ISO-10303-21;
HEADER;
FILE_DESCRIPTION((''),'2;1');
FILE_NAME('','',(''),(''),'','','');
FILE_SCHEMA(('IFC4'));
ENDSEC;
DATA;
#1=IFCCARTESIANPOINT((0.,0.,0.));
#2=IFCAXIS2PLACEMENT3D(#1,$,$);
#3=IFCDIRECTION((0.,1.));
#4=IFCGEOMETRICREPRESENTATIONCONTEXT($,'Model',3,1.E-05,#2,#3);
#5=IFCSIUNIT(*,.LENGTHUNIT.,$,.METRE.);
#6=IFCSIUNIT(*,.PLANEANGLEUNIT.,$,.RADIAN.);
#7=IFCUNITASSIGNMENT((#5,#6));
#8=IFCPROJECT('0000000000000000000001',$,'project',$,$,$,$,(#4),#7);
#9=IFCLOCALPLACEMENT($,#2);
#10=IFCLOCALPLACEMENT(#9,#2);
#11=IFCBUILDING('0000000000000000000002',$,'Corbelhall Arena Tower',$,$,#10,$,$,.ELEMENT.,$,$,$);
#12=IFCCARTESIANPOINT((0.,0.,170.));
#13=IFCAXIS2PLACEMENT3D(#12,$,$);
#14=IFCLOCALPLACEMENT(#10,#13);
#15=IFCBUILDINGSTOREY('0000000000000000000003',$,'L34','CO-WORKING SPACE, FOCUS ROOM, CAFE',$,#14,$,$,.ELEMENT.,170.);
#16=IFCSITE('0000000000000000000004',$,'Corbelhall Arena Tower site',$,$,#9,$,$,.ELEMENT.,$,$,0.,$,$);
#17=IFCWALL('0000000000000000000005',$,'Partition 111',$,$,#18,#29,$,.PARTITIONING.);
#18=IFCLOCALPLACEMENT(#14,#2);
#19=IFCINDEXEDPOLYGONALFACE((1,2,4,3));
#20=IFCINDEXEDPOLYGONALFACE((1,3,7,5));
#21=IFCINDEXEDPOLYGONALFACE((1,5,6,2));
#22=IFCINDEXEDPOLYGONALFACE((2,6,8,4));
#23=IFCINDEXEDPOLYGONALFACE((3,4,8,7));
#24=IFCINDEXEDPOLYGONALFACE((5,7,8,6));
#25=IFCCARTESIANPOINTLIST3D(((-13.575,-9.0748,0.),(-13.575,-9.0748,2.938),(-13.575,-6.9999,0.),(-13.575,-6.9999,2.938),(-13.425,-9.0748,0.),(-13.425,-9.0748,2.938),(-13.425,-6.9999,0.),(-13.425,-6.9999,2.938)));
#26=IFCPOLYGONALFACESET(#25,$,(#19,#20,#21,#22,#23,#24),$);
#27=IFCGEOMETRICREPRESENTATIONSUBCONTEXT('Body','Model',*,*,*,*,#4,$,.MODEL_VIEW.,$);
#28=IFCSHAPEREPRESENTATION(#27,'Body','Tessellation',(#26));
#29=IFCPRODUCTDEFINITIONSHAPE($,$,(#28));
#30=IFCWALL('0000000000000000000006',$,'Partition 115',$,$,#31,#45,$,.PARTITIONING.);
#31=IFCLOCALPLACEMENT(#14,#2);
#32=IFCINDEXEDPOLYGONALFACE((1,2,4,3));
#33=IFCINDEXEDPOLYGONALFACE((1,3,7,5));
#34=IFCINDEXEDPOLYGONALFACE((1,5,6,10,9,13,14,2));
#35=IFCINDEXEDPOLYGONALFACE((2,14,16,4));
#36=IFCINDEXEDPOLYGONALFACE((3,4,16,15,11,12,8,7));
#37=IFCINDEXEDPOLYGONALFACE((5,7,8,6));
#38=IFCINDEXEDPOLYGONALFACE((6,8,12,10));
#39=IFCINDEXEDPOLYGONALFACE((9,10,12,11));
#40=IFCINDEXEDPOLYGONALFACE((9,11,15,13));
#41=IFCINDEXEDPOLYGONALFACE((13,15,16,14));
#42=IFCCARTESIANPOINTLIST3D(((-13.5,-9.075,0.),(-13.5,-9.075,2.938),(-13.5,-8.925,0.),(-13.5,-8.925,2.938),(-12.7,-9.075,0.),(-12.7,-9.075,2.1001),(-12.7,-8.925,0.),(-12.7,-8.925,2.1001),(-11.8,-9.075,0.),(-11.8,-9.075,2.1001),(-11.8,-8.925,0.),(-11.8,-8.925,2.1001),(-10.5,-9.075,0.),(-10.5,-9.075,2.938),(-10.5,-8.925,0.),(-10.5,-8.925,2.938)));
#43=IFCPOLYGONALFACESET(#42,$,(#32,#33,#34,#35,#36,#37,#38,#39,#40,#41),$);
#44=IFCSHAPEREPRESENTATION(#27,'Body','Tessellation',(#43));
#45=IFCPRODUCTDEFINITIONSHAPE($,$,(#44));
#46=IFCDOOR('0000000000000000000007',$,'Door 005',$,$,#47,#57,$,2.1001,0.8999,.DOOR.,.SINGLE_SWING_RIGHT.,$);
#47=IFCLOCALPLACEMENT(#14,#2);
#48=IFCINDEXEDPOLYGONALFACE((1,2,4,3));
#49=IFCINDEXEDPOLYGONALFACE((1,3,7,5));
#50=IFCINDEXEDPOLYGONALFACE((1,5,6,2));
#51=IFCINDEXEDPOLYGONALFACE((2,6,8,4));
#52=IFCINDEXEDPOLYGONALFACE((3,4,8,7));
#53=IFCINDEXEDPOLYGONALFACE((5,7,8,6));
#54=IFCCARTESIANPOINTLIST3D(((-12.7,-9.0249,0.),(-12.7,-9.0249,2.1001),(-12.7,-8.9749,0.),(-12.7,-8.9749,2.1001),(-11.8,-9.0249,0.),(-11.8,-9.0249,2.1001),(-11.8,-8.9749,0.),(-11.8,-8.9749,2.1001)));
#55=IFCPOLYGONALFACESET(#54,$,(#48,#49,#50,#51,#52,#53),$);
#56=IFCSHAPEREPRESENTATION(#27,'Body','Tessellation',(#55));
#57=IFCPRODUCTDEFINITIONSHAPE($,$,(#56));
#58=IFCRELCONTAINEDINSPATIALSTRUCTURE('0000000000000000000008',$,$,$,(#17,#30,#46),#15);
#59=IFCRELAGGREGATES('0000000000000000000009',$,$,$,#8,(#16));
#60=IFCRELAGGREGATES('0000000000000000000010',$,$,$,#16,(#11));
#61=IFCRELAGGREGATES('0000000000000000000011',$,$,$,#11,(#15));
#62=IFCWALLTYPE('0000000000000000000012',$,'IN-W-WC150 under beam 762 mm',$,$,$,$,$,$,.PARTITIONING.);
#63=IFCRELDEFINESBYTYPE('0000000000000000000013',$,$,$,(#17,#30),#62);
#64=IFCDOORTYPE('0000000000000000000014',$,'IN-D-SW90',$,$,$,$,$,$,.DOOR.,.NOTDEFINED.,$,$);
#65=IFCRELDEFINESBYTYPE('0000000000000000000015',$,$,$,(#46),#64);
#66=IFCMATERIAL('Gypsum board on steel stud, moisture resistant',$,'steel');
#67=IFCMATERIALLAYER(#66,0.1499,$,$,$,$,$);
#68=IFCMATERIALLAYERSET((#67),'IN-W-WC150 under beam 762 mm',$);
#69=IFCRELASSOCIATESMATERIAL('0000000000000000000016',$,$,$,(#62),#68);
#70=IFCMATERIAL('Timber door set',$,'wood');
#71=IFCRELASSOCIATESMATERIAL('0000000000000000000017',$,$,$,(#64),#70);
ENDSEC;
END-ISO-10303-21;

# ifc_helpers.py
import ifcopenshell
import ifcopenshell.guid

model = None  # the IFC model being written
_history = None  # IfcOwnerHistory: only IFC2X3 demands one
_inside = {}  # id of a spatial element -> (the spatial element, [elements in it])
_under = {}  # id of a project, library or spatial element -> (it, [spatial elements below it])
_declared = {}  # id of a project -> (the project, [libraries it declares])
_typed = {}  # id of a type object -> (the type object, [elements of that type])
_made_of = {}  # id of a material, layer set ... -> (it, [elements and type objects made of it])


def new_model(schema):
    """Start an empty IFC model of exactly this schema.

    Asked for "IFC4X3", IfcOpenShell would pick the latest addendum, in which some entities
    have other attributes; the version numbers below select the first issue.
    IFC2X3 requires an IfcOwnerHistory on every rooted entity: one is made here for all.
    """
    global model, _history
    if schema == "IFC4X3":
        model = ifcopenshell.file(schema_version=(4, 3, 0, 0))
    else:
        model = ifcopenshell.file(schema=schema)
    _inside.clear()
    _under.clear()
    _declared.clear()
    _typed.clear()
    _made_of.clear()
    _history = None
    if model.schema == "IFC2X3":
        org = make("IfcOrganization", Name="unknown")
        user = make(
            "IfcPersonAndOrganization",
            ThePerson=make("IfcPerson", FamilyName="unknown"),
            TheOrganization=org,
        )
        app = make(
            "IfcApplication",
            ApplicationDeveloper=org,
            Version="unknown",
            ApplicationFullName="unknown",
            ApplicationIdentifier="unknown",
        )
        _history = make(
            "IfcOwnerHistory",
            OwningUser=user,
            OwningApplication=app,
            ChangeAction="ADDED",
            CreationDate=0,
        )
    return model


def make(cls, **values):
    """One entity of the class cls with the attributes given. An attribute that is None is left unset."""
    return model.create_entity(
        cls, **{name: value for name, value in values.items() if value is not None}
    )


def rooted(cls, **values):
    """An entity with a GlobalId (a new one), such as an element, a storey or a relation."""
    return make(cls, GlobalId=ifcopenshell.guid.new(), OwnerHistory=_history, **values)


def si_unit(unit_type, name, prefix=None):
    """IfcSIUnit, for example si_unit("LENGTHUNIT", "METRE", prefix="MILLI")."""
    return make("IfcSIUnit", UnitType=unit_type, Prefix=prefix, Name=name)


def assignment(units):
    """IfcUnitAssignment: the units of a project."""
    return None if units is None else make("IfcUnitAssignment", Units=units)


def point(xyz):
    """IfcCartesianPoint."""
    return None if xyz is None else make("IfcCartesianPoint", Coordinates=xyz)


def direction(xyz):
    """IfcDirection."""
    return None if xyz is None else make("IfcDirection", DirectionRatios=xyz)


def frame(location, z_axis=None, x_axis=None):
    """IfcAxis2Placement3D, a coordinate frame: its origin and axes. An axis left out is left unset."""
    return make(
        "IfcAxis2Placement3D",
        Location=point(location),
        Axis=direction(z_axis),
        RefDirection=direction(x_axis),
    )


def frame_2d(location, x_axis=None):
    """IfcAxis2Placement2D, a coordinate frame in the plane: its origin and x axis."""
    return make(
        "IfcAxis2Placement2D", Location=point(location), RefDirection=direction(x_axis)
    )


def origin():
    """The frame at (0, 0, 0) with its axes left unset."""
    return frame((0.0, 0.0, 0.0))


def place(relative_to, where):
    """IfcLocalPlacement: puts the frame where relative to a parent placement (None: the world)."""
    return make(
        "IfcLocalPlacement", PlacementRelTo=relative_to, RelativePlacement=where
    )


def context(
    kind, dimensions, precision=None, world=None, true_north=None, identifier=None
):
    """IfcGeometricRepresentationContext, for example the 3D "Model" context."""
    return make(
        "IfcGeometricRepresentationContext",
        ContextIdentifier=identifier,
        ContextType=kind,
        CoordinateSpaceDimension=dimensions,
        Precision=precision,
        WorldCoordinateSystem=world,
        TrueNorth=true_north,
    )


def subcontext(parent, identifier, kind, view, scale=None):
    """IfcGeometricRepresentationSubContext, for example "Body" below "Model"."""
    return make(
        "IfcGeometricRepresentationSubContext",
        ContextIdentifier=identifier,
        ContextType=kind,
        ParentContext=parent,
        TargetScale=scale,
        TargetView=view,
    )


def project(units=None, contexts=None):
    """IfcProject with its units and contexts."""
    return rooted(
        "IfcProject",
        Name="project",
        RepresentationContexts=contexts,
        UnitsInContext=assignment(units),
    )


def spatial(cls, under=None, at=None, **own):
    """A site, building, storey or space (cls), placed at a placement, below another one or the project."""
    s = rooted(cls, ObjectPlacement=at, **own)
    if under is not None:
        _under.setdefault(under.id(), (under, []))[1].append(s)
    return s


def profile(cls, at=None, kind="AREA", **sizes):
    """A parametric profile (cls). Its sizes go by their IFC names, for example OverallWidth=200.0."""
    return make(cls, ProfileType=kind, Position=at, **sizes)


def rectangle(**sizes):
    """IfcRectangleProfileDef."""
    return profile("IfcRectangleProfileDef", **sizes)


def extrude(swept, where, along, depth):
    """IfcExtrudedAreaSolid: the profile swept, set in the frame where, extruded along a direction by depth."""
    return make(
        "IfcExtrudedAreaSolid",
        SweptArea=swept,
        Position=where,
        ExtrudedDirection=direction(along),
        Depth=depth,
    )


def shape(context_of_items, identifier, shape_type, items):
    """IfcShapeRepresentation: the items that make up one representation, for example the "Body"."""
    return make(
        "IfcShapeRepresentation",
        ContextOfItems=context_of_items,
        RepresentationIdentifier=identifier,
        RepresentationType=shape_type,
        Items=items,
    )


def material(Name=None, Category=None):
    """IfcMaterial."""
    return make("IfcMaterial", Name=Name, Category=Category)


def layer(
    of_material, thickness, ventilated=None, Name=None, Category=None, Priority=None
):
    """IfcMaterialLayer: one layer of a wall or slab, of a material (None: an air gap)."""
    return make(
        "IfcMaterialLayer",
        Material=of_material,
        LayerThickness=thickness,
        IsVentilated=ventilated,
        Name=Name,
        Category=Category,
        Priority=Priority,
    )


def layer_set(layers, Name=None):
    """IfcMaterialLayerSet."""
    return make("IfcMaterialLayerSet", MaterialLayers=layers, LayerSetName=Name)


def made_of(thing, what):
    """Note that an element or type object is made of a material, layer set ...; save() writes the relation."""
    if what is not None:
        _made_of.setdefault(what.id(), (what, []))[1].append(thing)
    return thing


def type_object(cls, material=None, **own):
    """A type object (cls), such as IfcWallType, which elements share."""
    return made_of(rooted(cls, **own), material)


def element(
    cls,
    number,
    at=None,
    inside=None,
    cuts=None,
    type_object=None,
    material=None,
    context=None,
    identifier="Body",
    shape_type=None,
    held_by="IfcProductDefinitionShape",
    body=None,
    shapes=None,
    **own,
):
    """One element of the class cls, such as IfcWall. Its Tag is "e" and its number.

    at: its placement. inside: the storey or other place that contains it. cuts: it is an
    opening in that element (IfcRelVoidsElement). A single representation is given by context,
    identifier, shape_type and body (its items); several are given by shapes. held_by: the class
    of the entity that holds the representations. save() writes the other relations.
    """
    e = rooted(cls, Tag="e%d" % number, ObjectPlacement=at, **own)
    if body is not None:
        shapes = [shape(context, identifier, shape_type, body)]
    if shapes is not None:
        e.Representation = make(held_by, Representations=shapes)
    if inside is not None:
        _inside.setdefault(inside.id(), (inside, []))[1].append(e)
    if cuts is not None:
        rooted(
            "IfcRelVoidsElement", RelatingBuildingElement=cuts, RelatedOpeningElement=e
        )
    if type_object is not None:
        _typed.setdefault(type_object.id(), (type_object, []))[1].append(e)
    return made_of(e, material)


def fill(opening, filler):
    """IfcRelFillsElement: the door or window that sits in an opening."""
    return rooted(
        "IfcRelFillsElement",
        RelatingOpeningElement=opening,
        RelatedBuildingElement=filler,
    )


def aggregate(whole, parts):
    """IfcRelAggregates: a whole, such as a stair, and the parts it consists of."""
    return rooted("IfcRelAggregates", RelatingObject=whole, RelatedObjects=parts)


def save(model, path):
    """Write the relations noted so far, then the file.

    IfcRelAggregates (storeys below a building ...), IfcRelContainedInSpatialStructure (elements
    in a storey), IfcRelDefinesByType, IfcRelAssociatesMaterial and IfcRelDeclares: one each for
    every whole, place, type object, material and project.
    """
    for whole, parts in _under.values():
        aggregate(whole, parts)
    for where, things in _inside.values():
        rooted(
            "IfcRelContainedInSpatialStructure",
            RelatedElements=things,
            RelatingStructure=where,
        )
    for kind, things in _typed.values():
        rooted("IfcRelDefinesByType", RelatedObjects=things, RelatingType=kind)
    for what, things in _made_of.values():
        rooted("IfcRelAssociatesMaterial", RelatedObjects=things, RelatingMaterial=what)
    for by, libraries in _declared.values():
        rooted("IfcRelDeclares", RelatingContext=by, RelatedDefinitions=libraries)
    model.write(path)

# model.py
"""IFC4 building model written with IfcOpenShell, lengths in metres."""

from ifc_helpers import new_model, si_unit, direction, frame, frame_2d, origin, place, context, subcontext, project, spatial, rectangle, extrude, material, layer, layer_set, type_object, element, fill, save


model = new_model("IFC4")

# Units and contexts
model_context = context("Model", 3, precision=1e-05, world=origin(), true_north=direction((0.0, 1.0)))
body_context = subcontext(model_context, "Body", "Model", "MODEL_VIEW")
ifc_project = project(units=[si_unit("LENGTHUNIT", "METRE"), si_unit("PLANEANGLEUNIT", "RADIAN")], contexts=[model_context])

# Site, building, storey
site_placement = place(None, origin())
site = spatial("IfcSite", under=ifc_project, at=site_placement, Name="Corbelhall Arena Tower site", CompositionType="ELEMENT", RefElevation=0.0)
building_placement = place(site_placement, origin())
building = spatial("IfcBuilding", under=site, at=building_placement, Name="Corbelhall Arena Tower", CompositionType="ELEMENT")
storey_placement = place(building_placement, frame((0.0, 0.0, 170.0)))
storey = spatial("IfcBuildingStorey", under=building, at=storey_placement, Name="L34", Description="CO-WORKING SPACE, FOCUS ROOM, CAFE", CompositionType="ELEMENT", Elevation=170.0)

# Wall
ifc_material_1 = material(Name="Gypsum board on steel stud, moisture resistant", Category="steel")
ifc_layer_1 = layer(ifc_material_1, 0.1499)
ifc_layer_set_1 = layer_set([ifc_layer_1], Name="IN-W-WC150 under beam 762 mm")
wall_type_1 = type_object("IfcWallType", Name="IN-W-WC150 under beam 762 mm", PredefinedType="PARTITIONING", material=ifc_layer_set_1)
wall_1_placement = place(storey_placement, frame((-13.5, -9.075, 0.0), z_axis=(0.0, 0.0, 1.0), x_axis=(0.0, 1.0, 0.0)))
element("IfcWall", 1, at=wall_1_placement, inside=storey, type_object=wall_type_1, Name="Partition 111", PredefinedType="PARTITIONING", context=body_context, shape_type="SweptSolid", body=[
    extrude(rectangle(XDim=2.075, YDim=0.1499, at=frame_2d((1.0376, 0.0))), origin(), (0.0, 0.0, 1.0), 2.938),
])

# Wall, opening, door
wall_2_placement = place(storey_placement, frame((-10.5, -9.0, 0.0), z_axis=(0.0, 0.0, 1.0), x_axis=(-1.0, 0.0, 0.0)))
wall_2 = element("IfcWall", 2, at=wall_2_placement, inside=storey, type_object=wall_type_1, Name="Partition 115", PredefinedType="PARTITIONING", context=body_context, shape_type="SweptSolid", body=[
    extrude(rectangle(XDim=3.0, YDim=0.1499, at=frame_2d((1.5, 0.0))), origin(), (0.0, 0.0, 1.0), 2.938),
])
opening_1_placement = place(wall_2_placement, frame((1.3, 0.0, 0.0)))
opening_1 = element("IfcOpeningElement", 3, at=opening_1_placement, cuts=wall_2, PredefinedType="OPENING", context=body_context, shape_type="SweptSolid", body=[
    extrude(rectangle(XDim=0.8999, YDim=2.1001, at=frame_2d((0.45, 1.05))), frame((0.0, 0.075, 0.0), z_axis=(0.0, -1.0, 0.0), x_axis=(1.0, 0.0, 0.0)), (0.0, 0.0, 1.0), 0.1499),
])
ifc_material_2 = material(Name="Timber door set", Category="wood")
door_type_1 = type_object("IfcDoorType", Name="IN-D-SW90", OperationType="NOTDEFINED", PredefinedType="DOOR", material=ifc_material_2)
door_1_placement = place(opening_1_placement, origin())
door_1 = element("IfcDoor", 4, at=door_1_placement, inside=storey, type_object=door_type_1, Name="Door 005", OperationType="SINGLE_SWING_RIGHT", OverallHeight=2.1001, OverallWidth=0.8999, PredefinedType="DOOR", context=body_context, shape_type="SweptSolid", body=[
    extrude(rectangle(XDim=0.8999, YDim=2.1001, at=frame_2d((0.45, 1.05))), frame((0.0, 0.0249, 0.0), z_axis=(0.0, -1.0, 0.0), x_axis=(1.0, 0.0, 0.0)), (0.0, 0.0, 1.0), 0.05),
])
fill(opening_1, door_1)

save(model, "model.ifc")
